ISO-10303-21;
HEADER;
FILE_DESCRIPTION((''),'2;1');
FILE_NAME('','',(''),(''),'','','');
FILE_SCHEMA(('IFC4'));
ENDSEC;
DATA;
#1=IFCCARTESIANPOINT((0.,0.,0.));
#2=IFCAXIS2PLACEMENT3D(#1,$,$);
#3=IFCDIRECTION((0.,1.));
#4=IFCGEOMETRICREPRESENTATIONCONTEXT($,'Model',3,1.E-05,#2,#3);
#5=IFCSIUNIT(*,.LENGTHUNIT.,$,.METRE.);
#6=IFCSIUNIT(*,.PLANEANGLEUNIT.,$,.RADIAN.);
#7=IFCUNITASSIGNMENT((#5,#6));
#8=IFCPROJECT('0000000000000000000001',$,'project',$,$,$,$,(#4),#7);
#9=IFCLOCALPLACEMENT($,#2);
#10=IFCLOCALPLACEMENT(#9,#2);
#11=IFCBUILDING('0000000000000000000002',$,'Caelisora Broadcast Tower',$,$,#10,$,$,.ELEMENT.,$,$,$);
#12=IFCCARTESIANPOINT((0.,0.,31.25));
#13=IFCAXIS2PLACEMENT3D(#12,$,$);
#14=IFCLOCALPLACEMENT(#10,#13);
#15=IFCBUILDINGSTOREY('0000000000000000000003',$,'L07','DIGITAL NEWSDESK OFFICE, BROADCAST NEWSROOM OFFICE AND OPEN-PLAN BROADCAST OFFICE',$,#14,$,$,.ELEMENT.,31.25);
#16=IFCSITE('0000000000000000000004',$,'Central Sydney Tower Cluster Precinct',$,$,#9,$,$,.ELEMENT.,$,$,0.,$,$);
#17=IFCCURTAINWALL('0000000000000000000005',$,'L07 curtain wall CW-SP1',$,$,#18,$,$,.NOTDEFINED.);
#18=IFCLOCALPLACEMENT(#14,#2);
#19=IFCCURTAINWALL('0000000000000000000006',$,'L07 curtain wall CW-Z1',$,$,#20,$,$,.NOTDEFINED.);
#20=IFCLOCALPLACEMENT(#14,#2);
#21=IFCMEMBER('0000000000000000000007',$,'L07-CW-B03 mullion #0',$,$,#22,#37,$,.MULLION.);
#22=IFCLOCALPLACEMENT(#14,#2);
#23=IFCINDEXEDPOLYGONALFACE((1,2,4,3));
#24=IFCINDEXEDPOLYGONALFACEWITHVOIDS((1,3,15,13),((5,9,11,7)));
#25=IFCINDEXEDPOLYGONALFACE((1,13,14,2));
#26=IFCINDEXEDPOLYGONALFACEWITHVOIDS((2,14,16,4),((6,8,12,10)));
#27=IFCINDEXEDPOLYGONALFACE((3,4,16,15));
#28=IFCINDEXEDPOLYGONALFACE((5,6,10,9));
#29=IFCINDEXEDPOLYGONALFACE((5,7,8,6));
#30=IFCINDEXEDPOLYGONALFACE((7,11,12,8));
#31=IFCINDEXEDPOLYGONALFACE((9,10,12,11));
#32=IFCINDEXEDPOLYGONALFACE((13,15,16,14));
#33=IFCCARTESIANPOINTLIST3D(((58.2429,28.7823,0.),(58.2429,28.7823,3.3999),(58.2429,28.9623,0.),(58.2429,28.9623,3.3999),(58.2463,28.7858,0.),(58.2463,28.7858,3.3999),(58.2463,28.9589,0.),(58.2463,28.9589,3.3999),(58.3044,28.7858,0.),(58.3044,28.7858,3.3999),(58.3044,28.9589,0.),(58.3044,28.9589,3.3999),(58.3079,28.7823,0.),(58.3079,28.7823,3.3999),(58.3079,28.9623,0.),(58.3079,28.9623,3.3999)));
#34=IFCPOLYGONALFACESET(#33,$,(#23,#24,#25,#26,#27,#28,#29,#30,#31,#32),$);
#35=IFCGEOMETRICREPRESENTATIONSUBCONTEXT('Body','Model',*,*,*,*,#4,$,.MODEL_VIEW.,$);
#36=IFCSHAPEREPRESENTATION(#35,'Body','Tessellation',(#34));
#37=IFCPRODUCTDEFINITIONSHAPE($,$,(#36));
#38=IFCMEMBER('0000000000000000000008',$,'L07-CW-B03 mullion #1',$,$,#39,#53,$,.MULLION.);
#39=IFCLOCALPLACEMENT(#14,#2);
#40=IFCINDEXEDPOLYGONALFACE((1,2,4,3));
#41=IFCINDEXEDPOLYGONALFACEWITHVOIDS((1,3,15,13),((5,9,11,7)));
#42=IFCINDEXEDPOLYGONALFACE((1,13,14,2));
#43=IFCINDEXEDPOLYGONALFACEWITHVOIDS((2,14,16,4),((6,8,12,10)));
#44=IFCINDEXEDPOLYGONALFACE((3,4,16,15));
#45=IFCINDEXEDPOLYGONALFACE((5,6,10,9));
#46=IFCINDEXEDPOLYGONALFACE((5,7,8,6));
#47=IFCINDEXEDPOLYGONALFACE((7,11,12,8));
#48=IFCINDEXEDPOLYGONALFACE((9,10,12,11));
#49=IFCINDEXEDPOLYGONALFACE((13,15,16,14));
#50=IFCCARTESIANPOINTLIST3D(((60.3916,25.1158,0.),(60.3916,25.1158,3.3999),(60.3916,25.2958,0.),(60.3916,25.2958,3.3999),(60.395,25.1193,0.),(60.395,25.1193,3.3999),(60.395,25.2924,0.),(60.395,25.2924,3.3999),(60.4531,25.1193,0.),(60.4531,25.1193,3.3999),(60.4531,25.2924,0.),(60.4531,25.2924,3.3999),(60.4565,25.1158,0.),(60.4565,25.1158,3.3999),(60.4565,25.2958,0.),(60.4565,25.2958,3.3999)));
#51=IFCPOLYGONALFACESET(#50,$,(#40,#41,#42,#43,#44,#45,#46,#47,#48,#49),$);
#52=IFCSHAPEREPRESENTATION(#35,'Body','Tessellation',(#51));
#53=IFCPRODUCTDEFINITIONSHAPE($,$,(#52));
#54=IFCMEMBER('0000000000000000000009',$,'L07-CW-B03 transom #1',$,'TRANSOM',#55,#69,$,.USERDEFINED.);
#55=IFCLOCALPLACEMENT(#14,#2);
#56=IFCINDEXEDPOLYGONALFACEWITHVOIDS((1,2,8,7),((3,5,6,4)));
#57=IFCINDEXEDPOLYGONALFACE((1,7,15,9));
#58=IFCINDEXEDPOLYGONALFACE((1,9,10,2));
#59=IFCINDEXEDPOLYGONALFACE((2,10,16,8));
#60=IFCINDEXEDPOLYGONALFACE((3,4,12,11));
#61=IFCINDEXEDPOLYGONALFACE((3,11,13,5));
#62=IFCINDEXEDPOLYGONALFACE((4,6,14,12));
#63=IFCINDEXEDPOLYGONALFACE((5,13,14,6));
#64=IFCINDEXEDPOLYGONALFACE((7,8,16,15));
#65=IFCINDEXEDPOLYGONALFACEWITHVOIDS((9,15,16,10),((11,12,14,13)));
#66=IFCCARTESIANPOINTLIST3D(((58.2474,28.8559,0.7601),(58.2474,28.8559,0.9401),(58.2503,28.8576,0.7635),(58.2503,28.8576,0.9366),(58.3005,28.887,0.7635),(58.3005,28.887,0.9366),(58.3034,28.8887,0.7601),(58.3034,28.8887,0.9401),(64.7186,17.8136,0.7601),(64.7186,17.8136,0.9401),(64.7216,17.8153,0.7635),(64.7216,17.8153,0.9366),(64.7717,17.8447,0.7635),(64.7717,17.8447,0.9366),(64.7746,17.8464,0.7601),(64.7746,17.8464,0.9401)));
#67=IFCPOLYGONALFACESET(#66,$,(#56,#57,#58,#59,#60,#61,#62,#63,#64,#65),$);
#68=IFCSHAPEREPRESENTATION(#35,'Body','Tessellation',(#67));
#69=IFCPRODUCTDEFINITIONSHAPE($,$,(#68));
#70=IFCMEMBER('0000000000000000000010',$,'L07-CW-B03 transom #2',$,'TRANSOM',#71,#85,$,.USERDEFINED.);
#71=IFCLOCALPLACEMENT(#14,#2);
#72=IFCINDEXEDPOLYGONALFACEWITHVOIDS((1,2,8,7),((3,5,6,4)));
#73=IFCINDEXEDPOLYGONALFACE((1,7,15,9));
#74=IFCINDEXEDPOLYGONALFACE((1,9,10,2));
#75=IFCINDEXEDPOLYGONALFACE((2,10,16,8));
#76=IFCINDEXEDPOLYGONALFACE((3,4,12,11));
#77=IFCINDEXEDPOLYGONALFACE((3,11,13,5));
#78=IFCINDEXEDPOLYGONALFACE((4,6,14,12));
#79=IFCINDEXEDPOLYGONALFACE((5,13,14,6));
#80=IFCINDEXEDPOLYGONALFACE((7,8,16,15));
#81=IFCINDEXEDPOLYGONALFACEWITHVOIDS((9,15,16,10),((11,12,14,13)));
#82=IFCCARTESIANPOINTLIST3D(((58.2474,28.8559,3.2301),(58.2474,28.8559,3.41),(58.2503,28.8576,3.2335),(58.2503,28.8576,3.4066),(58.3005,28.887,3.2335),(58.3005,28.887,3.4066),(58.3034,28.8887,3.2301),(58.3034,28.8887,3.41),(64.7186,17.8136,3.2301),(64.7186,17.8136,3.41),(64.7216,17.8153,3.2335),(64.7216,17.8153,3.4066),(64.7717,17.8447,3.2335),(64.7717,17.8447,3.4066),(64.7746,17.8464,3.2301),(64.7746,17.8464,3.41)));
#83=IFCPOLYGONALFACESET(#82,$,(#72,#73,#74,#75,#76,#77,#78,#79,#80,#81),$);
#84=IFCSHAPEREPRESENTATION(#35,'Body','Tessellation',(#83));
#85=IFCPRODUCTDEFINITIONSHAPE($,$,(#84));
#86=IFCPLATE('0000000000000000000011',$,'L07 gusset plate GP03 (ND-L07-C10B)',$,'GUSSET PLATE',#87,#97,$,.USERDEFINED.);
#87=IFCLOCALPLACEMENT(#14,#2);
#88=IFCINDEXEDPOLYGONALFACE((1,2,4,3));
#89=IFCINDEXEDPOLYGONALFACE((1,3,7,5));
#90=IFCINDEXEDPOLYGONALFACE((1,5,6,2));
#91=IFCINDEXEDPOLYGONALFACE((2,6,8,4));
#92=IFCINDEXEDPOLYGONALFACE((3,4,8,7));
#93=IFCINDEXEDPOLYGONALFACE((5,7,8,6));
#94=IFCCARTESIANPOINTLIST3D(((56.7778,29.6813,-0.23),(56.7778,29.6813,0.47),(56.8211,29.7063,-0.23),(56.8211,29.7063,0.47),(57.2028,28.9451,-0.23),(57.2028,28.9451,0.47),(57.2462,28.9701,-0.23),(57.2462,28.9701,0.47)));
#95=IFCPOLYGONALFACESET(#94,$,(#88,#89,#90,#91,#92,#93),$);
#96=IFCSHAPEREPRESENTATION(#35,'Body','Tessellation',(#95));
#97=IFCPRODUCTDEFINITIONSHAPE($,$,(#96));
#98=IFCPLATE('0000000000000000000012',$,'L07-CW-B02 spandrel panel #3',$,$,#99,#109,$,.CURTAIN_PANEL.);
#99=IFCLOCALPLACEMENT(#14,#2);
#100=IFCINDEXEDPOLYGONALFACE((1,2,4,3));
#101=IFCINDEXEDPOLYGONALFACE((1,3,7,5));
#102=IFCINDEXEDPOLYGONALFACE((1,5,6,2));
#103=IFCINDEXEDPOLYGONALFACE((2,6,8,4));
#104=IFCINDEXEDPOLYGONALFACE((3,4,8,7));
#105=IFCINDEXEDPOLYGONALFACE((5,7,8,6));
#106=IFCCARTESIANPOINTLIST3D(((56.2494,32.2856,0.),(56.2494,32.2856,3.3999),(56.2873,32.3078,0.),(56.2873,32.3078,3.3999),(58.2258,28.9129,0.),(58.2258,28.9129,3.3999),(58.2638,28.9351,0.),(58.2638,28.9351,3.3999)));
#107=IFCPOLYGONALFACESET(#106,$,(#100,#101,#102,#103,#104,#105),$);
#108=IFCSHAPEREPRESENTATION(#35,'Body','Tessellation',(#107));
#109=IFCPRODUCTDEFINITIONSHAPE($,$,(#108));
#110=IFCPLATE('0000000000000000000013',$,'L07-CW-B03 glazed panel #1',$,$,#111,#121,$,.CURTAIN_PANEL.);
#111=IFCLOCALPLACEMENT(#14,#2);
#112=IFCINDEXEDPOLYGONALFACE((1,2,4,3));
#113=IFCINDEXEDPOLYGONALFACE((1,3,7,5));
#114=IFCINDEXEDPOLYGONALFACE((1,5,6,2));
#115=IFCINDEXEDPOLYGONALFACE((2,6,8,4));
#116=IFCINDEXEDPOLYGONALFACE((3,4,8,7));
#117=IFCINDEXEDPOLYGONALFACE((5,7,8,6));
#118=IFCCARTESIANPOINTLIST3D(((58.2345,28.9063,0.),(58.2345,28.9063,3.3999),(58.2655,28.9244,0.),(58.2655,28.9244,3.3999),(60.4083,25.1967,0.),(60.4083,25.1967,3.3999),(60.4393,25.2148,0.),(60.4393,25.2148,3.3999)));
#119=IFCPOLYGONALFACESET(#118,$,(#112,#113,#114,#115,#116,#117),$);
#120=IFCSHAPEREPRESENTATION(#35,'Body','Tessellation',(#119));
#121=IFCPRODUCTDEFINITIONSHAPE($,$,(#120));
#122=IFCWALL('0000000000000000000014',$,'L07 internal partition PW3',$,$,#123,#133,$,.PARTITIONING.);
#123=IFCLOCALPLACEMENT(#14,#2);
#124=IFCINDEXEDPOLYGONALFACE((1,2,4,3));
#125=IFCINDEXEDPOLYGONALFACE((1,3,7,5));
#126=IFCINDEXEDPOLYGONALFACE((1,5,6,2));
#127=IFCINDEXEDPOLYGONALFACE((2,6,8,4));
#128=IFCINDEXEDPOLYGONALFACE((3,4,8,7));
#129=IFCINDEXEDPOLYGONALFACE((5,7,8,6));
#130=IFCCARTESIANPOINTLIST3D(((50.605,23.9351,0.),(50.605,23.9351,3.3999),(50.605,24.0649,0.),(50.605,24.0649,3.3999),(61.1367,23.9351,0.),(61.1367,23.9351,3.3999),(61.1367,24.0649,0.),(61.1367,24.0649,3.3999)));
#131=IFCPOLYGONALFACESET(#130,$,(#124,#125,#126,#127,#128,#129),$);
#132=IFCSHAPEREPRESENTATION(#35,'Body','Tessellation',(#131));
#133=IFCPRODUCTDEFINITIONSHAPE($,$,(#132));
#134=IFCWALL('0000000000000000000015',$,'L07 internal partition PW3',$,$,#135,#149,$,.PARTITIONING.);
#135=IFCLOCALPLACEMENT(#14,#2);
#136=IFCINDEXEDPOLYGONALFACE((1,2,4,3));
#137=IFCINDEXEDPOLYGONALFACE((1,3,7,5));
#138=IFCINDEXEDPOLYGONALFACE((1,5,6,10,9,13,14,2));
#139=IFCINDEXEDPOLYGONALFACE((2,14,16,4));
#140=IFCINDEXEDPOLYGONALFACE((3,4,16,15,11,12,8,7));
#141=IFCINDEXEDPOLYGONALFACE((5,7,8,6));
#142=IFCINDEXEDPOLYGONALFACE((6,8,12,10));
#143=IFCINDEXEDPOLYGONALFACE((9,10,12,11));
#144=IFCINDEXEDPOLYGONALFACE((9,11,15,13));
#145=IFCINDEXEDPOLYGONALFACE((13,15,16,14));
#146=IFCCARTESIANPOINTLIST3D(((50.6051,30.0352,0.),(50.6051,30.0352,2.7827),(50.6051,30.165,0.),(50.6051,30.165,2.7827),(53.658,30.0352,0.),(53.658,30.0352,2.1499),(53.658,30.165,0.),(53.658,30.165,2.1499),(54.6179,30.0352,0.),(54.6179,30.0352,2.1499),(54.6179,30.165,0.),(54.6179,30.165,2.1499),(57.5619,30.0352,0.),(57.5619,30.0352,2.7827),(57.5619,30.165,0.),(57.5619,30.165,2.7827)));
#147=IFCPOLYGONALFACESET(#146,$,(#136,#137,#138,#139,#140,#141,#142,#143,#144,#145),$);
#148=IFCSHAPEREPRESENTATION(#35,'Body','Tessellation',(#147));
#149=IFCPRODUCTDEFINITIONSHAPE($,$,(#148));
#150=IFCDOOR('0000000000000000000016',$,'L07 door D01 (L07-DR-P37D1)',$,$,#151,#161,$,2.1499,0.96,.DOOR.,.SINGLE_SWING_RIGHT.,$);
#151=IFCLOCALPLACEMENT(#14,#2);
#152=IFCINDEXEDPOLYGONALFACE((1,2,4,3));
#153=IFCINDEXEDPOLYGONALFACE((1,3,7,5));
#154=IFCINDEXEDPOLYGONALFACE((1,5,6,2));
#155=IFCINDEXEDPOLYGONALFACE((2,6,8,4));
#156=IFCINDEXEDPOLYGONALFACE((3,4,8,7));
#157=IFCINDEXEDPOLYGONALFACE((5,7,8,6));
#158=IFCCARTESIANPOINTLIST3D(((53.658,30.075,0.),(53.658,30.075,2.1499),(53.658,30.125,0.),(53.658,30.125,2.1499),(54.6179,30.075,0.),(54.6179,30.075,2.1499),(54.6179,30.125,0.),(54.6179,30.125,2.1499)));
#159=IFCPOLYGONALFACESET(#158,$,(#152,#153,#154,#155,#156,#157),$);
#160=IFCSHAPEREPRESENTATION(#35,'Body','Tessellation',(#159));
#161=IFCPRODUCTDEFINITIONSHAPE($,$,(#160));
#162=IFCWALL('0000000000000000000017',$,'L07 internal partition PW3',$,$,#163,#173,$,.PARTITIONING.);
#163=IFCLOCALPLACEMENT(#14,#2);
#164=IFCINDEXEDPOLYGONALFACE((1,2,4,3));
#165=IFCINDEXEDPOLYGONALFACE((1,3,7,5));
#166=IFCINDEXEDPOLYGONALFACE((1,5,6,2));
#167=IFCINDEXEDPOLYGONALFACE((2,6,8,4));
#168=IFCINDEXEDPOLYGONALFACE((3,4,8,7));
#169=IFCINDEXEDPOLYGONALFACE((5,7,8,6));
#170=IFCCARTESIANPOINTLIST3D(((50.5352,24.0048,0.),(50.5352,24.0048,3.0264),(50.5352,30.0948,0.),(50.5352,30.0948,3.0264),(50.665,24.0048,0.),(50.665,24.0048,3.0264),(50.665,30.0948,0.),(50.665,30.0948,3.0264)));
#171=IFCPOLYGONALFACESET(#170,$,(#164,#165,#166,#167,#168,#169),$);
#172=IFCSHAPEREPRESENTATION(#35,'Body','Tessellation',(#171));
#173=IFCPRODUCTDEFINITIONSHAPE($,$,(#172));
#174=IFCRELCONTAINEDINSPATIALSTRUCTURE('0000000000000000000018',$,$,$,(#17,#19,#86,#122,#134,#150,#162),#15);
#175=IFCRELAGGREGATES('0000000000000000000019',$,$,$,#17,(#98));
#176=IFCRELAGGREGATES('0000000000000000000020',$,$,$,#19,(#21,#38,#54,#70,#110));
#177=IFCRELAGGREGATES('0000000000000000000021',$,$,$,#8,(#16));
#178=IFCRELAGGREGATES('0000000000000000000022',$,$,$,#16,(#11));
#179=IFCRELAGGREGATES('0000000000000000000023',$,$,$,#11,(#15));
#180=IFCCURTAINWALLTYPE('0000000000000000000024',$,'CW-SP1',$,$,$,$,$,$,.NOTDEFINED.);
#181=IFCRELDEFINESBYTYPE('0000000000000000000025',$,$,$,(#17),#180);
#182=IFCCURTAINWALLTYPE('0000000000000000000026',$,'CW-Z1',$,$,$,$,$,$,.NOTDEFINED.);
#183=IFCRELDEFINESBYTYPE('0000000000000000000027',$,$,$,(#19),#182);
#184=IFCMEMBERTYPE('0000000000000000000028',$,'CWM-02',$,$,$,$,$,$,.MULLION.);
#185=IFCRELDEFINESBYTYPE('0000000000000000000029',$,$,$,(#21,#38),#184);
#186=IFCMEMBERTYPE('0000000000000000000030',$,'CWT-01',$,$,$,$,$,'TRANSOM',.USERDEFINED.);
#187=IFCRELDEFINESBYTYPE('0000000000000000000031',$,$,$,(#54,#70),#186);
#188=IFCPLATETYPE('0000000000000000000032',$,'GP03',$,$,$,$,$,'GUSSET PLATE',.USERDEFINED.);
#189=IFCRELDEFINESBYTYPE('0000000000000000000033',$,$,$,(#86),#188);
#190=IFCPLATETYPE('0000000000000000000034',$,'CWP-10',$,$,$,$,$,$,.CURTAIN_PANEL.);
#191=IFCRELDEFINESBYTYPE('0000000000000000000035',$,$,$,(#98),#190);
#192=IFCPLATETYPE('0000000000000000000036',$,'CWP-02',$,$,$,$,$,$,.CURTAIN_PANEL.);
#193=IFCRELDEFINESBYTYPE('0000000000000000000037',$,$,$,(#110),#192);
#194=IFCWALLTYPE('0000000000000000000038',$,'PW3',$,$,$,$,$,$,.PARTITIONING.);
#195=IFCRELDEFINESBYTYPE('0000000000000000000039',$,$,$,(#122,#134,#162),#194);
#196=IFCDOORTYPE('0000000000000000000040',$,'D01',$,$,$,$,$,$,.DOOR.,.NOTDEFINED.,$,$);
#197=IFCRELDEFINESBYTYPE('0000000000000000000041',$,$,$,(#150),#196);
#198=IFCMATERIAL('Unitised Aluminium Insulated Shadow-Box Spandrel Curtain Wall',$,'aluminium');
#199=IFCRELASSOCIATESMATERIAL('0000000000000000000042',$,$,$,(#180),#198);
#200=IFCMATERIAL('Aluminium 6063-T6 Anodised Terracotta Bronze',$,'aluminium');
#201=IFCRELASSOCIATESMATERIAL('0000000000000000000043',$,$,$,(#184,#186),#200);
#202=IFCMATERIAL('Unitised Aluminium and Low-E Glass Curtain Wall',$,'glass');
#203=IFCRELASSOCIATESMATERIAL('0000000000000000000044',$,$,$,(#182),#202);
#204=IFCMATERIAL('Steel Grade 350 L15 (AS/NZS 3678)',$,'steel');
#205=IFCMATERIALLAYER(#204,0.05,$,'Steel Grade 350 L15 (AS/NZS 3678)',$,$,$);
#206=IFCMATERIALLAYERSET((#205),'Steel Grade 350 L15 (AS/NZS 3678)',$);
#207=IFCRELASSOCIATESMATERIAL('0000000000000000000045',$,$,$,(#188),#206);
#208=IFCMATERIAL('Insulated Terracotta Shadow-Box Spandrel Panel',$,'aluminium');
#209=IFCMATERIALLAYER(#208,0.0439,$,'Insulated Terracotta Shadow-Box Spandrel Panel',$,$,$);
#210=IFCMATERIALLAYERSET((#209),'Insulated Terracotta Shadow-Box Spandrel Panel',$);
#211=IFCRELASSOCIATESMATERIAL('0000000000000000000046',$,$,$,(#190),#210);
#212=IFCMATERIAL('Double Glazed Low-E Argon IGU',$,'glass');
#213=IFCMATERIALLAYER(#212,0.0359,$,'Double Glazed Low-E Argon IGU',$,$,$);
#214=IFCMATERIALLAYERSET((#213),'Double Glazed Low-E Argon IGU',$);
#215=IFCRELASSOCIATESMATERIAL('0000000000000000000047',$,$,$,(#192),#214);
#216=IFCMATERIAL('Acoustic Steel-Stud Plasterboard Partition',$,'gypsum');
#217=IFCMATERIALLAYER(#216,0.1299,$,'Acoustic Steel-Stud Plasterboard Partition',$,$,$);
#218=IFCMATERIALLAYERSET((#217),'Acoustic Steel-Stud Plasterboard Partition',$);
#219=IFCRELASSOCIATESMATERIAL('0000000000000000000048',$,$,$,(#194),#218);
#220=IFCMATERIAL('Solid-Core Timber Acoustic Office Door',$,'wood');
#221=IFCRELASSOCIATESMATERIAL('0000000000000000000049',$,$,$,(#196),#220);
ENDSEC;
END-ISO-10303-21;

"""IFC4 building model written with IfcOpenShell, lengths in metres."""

from ifc_helpers import new_model, si_unit, direction, frame, frame_2d, origin, origin_2d, place, context, subcontext, project, spatial, rectangle, hollow_rectangle, extrude, source, transform, mapped, material, layer, layer_set, material_profile, profile_set, type_object, type_shapes, element, fill, aggregate, save


model = new_model("IFC4")

# Units and contexts
model_context = context("Model", 3, precision=1e-05, world=origin(), true_north=direction((0.0, 1.0)))
body_context = subcontext(model_context, "Body", "Model", "MODEL_VIEW")
ifc_project = project(units=[si_unit("LENGTHUNIT", "METRE"), si_unit("PLANEANGLEUNIT", "RADIAN")], contexts=[model_context])

# Site, building, storey
site_placement = place(None, origin())
site = spatial("IfcSite", under=ifc_project, at=site_placement, Name="Central Sydney Tower Cluster Precinct", CompositionType="ELEMENT", RefElevation=0.0)
building_placement = place(site_placement, origin())
building = spatial("IfcBuilding", under=site, at=building_placement, Name="Caelisora Broadcast Tower", CompositionType="ELEMENT")
storey_placement = place(building_placement, frame((0.0, 0.0, 31.25)))
storey = spatial("IfcBuildingStorey", under=building, at=storey_placement, Name="L07", Description="DIGITAL NEWSDESK OFFICE, BROADCAST NEWSROOM OFFICE AND OPEN-PLAN BROADCAST OFFICE", CompositionType="ELEMENT", Elevation=31.25)

# Shared definitions
ifc_material_1 = material(Name="Steel Grade 350 L15 (AS/NZS 3678)", Category="steel")

# Curtain wall
ifc_material_2 = material(Name="Unitised Aluminium Insulated Shadow-Box Spandrel Curtain Wall", Category="aluminium")
curtain_wall_type_1 = type_object("IfcCurtainWallType", Name="CW-SP1", PredefinedType="NOTDEFINED", material=ifc_material_2)
curtain_wall_1_placement = place(storey_placement, origin())
curtain_wall_1 = element("IfcCurtainWall", 1, at=curtain_wall_1_placement, inside=storey, type_object=curtain_wall_type_1, Name="L07 curtain wall CW-SP1", PredefinedType="NOTDEFINED")
ifc_material_3 = material(Name="Aluminium 6063-T6 Anodised Terracotta Bronze", Category="aluminium")
ifc_material_profile_1 = material_profile(ifc_material_3, hollow_rectangle(XDim=0.0649, YDim=0.1799, WallThickness=0.0034, at=origin_2d()), Name="Aluminium 6063-T6 Anodised Terracotta Bronze")
ifc_profile_set_1 = profile_set([ifc_material_profile_1], Name="Aluminium 6063-T6 Anodised Terracotta Bronze")
member_type_1 = type_object("IfcMemberType", Name="CWM-02", PredefinedType="MULLION", material=ifc_profile_set_1)
shared_shape_1 = source(origin(), body_context, "Body", "SweptSolid", [
    extrude(hollow_rectangle(XDim=0.0649, YDim=0.1799, WallThickness=0.0034, at=origin_2d()), origin(), (0.0, 0.0, 1.0), 3.3999),
])
type_shapes(member_type_1, [shared_shape_1])

# Curtain wall, members
ifc_material_4 = material(Name="Unitised Aluminium and Low-E Glass Curtain Wall", Category="glass")
curtain_wall_type_2 = type_object("IfcCurtainWallType", Name="CW-Z1", PredefinedType="NOTDEFINED", material=ifc_material_4)
curtain_wall_2_placement = place(storey_placement, origin())
curtain_wall_2 = element("IfcCurtainWall", 2, at=curtain_wall_2_placement, inside=storey, type_object=curtain_wall_type_2, Name="L07 curtain wall CW-Z1", PredefinedType="NOTDEFINED")
member_1_placement = place(storey_placement, frame((58.2754, 28.8723, 0.0), z_axis=(0.0, 0.0, 1.0), x_axis=(1.0, 0.0, 0.0)))
member_1 = element("IfcMember", 3, at=member_1_placement, type_object=member_type_1, Name="L07-CW-B03 mullion #0", PredefinedType="MULLION", context=body_context, shape_type="MappedRepresentation", body=[
    mapped(shared_shape_1, transform((0.0, 0.0, 0.0), scale=1.0)),
])
member_2_placement = place(storey_placement, frame((60.4241, 25.2058, 0.0), z_axis=(0.0, 0.0, 1.0), x_axis=(1.0, 0.0, 0.0)))
member_2 = element("IfcMember", 4, at=member_2_placement, type_object=member_type_1, Name="L07-CW-B03 mullion #1", PredefinedType="MULLION", context=body_context, shape_type="MappedRepresentation", body=[
    mapped(shared_shape_1, transform((0.0, 0.0, 0.0), scale=1.0)),
])
ifc_material_profile_2 = material_profile(ifc_material_3, hollow_rectangle(XDim=0.0649, YDim=0.1799, WallThickness=0.0034, at=origin_2d()), Name="Aluminium 6063-T6 Anodised Terracotta Bronze")
ifc_profile_set_2 = profile_set([ifc_material_profile_2], Name="Aluminium 6063-T6 Anodised Terracotta Bronze")
member_type_2 = type_object("IfcMemberType", Name="CWT-01", ElementType="TRANSOM", PredefinedType="USERDEFINED", material=ifc_profile_set_2)
shared_shape_2 = source(origin(), body_context, "Body", "SweptSolid", [
    extrude(hollow_rectangle(XDim=0.0649, YDim=0.1799, WallThickness=0.0034, at=origin_2d()), origin(), (0.0, 0.0, 1.0), 12.7988),
])
type_shapes(member_type_2, [shared_shape_2])
member_3_placement = place(storey_placement, frame((58.2754, 28.8723, 0.8501), z_axis=(0.505612, -0.862761, 0.0), x_axis=(0.862761, 0.505612, 0.0)))
member_3 = element("IfcMember", 5, at=member_3_placement, type_object=member_type_2, Name="L07-CW-B03 transom #1", ObjectType="TRANSOM", PredefinedType="USERDEFINED", context=body_context, shape_type="MappedRepresentation", body=[
    mapped(shared_shape_2, transform((0.0, 0.0, 0.0), scale=1.0)),
])
member_4_placement = place(storey_placement, frame((58.2754, 28.8723, 3.3201), z_axis=(0.505612, -0.862761, 0.0), x_axis=(0.862761, 0.505612, 0.0)))
member_4 = element("IfcMember", 6, at=member_4_placement, type_object=member_type_2, Name="L07-CW-B03 transom #2", ObjectType="TRANSOM", PredefinedType="USERDEFINED", context=body_context, shape_type="MappedRepresentation", body=[
    mapped(shared_shape_2, transform((0.0, 0.0, 0.0), scale=1.0)),
])

# Plates
ifc_layer_1 = layer(ifc_material_1, 0.05, Name="Steel Grade 350 L15 (AS/NZS 3678)")
ifc_layer_set_1 = layer_set([ifc_layer_1], Name="Steel Grade 350 L15 (AS/NZS 3678)")
plate_type_1 = type_object("IfcPlateType", Name="GP03", ElementType="GUSSET PLATE", PredefinedType="USERDEFINED", material=ifc_layer_set_1)
shared_shape_3 = source(origin(), body_context, "Body", "SweptSolid", [
    extrude(rectangle(XDim=0.8501, YDim=0.05, at=origin_2d()), origin(), (0.0, 0.0, 1.0), 0.7),
])
type_shapes(plate_type_1, [shared_shape_3])
plate_1_placement = place(storey_placement, frame((57.012, 29.3257, -0.23), z_axis=(0.0, 0.0, 1.0), x_axis=(-0.5, 0.866025, 0.0)))
element("IfcPlate", 7, at=plate_1_placement, inside=storey, type_object=plate_type_1, Name="L07 gusset plate GP03 (ND-L07-C10B)", ObjectType="GUSSET PLATE", PredefinedType="USERDEFINED", context=body_context, shape_type="MappedRepresentation", body=[
    mapped(shared_shape_3, transform((0.0, 0.0, 0.0), scale=1.0)),
])
ifc_material_5 = material(Name="Insulated Terracotta Shadow-Box Spandrel Panel", Category="aluminium")
ifc_layer_2 = layer(ifc_material_5, 0.0439, Name="Insulated Terracotta Shadow-Box Spandrel Panel")
ifc_layer_set_2 = layer_set([ifc_layer_2], Name="Insulated Terracotta Shadow-Box Spandrel Panel")
plate_type_2 = type_object("IfcPlateType", Name="CWP-10", PredefinedType="CURTAIN_PANEL", material=ifc_layer_set_2)
shared_shape_4 = source(origin(), body_context, "Body", "SweptSolid", [
    extrude(rectangle(XDim=3.9092, YDim=0.0439, at=origin_2d()), origin(), (0.0, 0.0, 1.0), 3.3999),
])
type_shapes(plate_type_2, [shared_shape_4])
plate_2_placement = place(storey_placement, frame((57.2566, 30.6104, 0.0), z_axis=(0.0, 0.0, 1.0), x_axis=(0.505582, -0.862779, 0.0)))
plate_2 = element("IfcPlate", 8, at=plate_2_placement, type_object=plate_type_2, Name="L07-CW-B02 spandrel panel #3", PredefinedType="CURTAIN_PANEL", context=body_context, shape_type="MappedRepresentation", body=[
    mapped(shared_shape_4, transform((0.0, 0.0, 0.0), scale=1.0)),
])
aggregate(curtain_wall_1, [plate_2])
ifc_material_6 = material(Name="Double Glazed Low-E Argon IGU", Category="glass")
ifc_layer_3 = layer(ifc_material_6, 0.0359, Name="Double Glazed Low-E Argon IGU")
ifc_layer_set_3 = layer_set([ifc_layer_3], Name="Double Glazed Low-E Argon IGU")
plate_type_3 = type_object("IfcPlateType", Name="CWP-02", PredefinedType="CURTAIN_PANEL", material=ifc_layer_set_3)
shared_shape_5 = source(origin(), body_context, "Body", "SweptSolid", [
    extrude(rectangle(XDim=4.2996, YDim=0.0359, at=origin_2d()), origin(), (0.0, 0.0, 1.0), 3.3999),
])
type_shapes(plate_type_3, [shared_shape_5])
plate_3_placement = place(storey_placement, frame((59.3369, 27.0605, 0.0), z_axis=(0.0, 0.0, 1.0), x_axis=(0.505582, -0.862779, 0.0)))
plate_3 = element("IfcPlate", 9, at=plate_3_placement, type_object=plate_type_3, Name="L07-CW-B03 glazed panel #1", PredefinedType="CURTAIN_PANEL", context=body_context, shape_type="MappedRepresentation", body=[
    mapped(shared_shape_5, transform((0.0, 0.0, 0.0), scale=1.0)),
])
aggregate(curtain_wall_2, [member_1, member_2, member_3, member_4, plate_3])

# Wall
ifc_material_7 = material(Name="Acoustic Steel-Stud Plasterboard Partition", Category="gypsum")
ifc_layer_4 = layer(ifc_material_7, 0.1299, Name="Acoustic Steel-Stud Plasterboard Partition")
ifc_layer_set_4 = layer_set([ifc_layer_4], Name="Acoustic Steel-Stud Plasterboard Partition")
wall_type = type_object("IfcWallType", Name="PW3", PredefinedType="PARTITIONING", material=ifc_layer_set_4)
wall_1_placement = place(storey_placement, frame((50.605, 24.0, 0.0), z_axis=(0.0, 0.0, 1.0), x_axis=(1.0, 0.0, 0.0)))
element("IfcWall", 10, at=wall_1_placement, inside=storey, type_object=wall_type, Name="L07 internal partition PW3", PredefinedType="PARTITIONING", context=body_context, shape_type="SweptSolid", body=[
    extrude(rectangle(XDim=10.5317, YDim=0.1299, at=frame_2d((5.2659, 0.0))), origin(), (0.0, 0.0, 1.0), 3.3999),
])

# Wall, opening, door
wall_2_placement = place(storey_placement, frame((50.605, 30.1001, 0.0), z_axis=(0.0, 0.0, 1.0), x_axis=(1.0, 0.0, 0.0)))
wall_2 = element("IfcWall", 11, at=wall_2_placement, inside=storey, type_object=wall_type, Name="L07 internal partition PW3", PredefinedType="PARTITIONING", context=body_context, shape_type="SweptSolid", body=[
    extrude(rectangle(XDim=6.9568, YDim=0.1299, at=frame_2d((3.4785, 0.0))), origin(), (0.0, 0.0, 1.0), 2.7827),
])
opening_placement = place(wall_2_placement, frame((3.053, 0.0, 0.0)))
opening = element("IfcOpeningElement", 12, at=opening_placement, cuts=wall_2, PredefinedType="OPENING", context=body_context, shape_type="SweptSolid", body=[
    extrude(rectangle(XDim=0.96, YDim=2.1499, at=frame_2d((0.48, 1.075))), frame((0.0, 0.0769, 0.0), z_axis=(0.0, -1.0, 0.0), x_axis=(1.0, 0.0, 0.0)), (0.0, 0.0, 1.0), 0.1538),
])
ifc_material_8 = material(Name="Solid-Core Timber Acoustic Office Door", Category="wood")
door_type = type_object("IfcDoorType", Name="D01", OperationType="NOTDEFINED", PredefinedType="DOOR", material=ifc_material_8)
door_placement = place(opening_placement, origin())
door = element("IfcDoor", 13, at=door_placement, inside=storey, type_object=door_type, Name="L07 door D01 (L07-DR-P37D1)", OperationType="SINGLE_SWING_RIGHT", OverallHeight=2.1499, OverallWidth=0.96, PredefinedType="DOOR", context=body_context, shape_type="SweptSolid", body=[
    extrude(rectangle(XDim=0.96, YDim=2.1499, at=frame_2d((0.48, 1.075))), frame((0.0, 0.0249, 0.0), z_axis=(0.0, -1.0, 0.0), x_axis=(1.0, 0.0, 0.0)), (0.0, 0.0, 1.0), 0.05),
])
fill(opening, door)

# Wall
wall_3_placement = place(storey_placement, frame((50.6001, 24.0049, 0.0), z_axis=(0.0, 0.0, 1.0), x_axis=(0.0, 1.0, 0.0)))
element("IfcWall", 14, at=wall_3_placement, inside=storey, type_object=wall_type, Name="L07 internal partition PW3", PredefinedType="PARTITIONING", context=body_context, shape_type="SweptSolid", body=[
    extrude(rectangle(XDim=6.0901, YDim=0.1299, at=frame_2d((3.0449, 0.0))), origin(), (0.0, 0.0, 1.0), 3.0264),
])

save(model, "model.ifc")
